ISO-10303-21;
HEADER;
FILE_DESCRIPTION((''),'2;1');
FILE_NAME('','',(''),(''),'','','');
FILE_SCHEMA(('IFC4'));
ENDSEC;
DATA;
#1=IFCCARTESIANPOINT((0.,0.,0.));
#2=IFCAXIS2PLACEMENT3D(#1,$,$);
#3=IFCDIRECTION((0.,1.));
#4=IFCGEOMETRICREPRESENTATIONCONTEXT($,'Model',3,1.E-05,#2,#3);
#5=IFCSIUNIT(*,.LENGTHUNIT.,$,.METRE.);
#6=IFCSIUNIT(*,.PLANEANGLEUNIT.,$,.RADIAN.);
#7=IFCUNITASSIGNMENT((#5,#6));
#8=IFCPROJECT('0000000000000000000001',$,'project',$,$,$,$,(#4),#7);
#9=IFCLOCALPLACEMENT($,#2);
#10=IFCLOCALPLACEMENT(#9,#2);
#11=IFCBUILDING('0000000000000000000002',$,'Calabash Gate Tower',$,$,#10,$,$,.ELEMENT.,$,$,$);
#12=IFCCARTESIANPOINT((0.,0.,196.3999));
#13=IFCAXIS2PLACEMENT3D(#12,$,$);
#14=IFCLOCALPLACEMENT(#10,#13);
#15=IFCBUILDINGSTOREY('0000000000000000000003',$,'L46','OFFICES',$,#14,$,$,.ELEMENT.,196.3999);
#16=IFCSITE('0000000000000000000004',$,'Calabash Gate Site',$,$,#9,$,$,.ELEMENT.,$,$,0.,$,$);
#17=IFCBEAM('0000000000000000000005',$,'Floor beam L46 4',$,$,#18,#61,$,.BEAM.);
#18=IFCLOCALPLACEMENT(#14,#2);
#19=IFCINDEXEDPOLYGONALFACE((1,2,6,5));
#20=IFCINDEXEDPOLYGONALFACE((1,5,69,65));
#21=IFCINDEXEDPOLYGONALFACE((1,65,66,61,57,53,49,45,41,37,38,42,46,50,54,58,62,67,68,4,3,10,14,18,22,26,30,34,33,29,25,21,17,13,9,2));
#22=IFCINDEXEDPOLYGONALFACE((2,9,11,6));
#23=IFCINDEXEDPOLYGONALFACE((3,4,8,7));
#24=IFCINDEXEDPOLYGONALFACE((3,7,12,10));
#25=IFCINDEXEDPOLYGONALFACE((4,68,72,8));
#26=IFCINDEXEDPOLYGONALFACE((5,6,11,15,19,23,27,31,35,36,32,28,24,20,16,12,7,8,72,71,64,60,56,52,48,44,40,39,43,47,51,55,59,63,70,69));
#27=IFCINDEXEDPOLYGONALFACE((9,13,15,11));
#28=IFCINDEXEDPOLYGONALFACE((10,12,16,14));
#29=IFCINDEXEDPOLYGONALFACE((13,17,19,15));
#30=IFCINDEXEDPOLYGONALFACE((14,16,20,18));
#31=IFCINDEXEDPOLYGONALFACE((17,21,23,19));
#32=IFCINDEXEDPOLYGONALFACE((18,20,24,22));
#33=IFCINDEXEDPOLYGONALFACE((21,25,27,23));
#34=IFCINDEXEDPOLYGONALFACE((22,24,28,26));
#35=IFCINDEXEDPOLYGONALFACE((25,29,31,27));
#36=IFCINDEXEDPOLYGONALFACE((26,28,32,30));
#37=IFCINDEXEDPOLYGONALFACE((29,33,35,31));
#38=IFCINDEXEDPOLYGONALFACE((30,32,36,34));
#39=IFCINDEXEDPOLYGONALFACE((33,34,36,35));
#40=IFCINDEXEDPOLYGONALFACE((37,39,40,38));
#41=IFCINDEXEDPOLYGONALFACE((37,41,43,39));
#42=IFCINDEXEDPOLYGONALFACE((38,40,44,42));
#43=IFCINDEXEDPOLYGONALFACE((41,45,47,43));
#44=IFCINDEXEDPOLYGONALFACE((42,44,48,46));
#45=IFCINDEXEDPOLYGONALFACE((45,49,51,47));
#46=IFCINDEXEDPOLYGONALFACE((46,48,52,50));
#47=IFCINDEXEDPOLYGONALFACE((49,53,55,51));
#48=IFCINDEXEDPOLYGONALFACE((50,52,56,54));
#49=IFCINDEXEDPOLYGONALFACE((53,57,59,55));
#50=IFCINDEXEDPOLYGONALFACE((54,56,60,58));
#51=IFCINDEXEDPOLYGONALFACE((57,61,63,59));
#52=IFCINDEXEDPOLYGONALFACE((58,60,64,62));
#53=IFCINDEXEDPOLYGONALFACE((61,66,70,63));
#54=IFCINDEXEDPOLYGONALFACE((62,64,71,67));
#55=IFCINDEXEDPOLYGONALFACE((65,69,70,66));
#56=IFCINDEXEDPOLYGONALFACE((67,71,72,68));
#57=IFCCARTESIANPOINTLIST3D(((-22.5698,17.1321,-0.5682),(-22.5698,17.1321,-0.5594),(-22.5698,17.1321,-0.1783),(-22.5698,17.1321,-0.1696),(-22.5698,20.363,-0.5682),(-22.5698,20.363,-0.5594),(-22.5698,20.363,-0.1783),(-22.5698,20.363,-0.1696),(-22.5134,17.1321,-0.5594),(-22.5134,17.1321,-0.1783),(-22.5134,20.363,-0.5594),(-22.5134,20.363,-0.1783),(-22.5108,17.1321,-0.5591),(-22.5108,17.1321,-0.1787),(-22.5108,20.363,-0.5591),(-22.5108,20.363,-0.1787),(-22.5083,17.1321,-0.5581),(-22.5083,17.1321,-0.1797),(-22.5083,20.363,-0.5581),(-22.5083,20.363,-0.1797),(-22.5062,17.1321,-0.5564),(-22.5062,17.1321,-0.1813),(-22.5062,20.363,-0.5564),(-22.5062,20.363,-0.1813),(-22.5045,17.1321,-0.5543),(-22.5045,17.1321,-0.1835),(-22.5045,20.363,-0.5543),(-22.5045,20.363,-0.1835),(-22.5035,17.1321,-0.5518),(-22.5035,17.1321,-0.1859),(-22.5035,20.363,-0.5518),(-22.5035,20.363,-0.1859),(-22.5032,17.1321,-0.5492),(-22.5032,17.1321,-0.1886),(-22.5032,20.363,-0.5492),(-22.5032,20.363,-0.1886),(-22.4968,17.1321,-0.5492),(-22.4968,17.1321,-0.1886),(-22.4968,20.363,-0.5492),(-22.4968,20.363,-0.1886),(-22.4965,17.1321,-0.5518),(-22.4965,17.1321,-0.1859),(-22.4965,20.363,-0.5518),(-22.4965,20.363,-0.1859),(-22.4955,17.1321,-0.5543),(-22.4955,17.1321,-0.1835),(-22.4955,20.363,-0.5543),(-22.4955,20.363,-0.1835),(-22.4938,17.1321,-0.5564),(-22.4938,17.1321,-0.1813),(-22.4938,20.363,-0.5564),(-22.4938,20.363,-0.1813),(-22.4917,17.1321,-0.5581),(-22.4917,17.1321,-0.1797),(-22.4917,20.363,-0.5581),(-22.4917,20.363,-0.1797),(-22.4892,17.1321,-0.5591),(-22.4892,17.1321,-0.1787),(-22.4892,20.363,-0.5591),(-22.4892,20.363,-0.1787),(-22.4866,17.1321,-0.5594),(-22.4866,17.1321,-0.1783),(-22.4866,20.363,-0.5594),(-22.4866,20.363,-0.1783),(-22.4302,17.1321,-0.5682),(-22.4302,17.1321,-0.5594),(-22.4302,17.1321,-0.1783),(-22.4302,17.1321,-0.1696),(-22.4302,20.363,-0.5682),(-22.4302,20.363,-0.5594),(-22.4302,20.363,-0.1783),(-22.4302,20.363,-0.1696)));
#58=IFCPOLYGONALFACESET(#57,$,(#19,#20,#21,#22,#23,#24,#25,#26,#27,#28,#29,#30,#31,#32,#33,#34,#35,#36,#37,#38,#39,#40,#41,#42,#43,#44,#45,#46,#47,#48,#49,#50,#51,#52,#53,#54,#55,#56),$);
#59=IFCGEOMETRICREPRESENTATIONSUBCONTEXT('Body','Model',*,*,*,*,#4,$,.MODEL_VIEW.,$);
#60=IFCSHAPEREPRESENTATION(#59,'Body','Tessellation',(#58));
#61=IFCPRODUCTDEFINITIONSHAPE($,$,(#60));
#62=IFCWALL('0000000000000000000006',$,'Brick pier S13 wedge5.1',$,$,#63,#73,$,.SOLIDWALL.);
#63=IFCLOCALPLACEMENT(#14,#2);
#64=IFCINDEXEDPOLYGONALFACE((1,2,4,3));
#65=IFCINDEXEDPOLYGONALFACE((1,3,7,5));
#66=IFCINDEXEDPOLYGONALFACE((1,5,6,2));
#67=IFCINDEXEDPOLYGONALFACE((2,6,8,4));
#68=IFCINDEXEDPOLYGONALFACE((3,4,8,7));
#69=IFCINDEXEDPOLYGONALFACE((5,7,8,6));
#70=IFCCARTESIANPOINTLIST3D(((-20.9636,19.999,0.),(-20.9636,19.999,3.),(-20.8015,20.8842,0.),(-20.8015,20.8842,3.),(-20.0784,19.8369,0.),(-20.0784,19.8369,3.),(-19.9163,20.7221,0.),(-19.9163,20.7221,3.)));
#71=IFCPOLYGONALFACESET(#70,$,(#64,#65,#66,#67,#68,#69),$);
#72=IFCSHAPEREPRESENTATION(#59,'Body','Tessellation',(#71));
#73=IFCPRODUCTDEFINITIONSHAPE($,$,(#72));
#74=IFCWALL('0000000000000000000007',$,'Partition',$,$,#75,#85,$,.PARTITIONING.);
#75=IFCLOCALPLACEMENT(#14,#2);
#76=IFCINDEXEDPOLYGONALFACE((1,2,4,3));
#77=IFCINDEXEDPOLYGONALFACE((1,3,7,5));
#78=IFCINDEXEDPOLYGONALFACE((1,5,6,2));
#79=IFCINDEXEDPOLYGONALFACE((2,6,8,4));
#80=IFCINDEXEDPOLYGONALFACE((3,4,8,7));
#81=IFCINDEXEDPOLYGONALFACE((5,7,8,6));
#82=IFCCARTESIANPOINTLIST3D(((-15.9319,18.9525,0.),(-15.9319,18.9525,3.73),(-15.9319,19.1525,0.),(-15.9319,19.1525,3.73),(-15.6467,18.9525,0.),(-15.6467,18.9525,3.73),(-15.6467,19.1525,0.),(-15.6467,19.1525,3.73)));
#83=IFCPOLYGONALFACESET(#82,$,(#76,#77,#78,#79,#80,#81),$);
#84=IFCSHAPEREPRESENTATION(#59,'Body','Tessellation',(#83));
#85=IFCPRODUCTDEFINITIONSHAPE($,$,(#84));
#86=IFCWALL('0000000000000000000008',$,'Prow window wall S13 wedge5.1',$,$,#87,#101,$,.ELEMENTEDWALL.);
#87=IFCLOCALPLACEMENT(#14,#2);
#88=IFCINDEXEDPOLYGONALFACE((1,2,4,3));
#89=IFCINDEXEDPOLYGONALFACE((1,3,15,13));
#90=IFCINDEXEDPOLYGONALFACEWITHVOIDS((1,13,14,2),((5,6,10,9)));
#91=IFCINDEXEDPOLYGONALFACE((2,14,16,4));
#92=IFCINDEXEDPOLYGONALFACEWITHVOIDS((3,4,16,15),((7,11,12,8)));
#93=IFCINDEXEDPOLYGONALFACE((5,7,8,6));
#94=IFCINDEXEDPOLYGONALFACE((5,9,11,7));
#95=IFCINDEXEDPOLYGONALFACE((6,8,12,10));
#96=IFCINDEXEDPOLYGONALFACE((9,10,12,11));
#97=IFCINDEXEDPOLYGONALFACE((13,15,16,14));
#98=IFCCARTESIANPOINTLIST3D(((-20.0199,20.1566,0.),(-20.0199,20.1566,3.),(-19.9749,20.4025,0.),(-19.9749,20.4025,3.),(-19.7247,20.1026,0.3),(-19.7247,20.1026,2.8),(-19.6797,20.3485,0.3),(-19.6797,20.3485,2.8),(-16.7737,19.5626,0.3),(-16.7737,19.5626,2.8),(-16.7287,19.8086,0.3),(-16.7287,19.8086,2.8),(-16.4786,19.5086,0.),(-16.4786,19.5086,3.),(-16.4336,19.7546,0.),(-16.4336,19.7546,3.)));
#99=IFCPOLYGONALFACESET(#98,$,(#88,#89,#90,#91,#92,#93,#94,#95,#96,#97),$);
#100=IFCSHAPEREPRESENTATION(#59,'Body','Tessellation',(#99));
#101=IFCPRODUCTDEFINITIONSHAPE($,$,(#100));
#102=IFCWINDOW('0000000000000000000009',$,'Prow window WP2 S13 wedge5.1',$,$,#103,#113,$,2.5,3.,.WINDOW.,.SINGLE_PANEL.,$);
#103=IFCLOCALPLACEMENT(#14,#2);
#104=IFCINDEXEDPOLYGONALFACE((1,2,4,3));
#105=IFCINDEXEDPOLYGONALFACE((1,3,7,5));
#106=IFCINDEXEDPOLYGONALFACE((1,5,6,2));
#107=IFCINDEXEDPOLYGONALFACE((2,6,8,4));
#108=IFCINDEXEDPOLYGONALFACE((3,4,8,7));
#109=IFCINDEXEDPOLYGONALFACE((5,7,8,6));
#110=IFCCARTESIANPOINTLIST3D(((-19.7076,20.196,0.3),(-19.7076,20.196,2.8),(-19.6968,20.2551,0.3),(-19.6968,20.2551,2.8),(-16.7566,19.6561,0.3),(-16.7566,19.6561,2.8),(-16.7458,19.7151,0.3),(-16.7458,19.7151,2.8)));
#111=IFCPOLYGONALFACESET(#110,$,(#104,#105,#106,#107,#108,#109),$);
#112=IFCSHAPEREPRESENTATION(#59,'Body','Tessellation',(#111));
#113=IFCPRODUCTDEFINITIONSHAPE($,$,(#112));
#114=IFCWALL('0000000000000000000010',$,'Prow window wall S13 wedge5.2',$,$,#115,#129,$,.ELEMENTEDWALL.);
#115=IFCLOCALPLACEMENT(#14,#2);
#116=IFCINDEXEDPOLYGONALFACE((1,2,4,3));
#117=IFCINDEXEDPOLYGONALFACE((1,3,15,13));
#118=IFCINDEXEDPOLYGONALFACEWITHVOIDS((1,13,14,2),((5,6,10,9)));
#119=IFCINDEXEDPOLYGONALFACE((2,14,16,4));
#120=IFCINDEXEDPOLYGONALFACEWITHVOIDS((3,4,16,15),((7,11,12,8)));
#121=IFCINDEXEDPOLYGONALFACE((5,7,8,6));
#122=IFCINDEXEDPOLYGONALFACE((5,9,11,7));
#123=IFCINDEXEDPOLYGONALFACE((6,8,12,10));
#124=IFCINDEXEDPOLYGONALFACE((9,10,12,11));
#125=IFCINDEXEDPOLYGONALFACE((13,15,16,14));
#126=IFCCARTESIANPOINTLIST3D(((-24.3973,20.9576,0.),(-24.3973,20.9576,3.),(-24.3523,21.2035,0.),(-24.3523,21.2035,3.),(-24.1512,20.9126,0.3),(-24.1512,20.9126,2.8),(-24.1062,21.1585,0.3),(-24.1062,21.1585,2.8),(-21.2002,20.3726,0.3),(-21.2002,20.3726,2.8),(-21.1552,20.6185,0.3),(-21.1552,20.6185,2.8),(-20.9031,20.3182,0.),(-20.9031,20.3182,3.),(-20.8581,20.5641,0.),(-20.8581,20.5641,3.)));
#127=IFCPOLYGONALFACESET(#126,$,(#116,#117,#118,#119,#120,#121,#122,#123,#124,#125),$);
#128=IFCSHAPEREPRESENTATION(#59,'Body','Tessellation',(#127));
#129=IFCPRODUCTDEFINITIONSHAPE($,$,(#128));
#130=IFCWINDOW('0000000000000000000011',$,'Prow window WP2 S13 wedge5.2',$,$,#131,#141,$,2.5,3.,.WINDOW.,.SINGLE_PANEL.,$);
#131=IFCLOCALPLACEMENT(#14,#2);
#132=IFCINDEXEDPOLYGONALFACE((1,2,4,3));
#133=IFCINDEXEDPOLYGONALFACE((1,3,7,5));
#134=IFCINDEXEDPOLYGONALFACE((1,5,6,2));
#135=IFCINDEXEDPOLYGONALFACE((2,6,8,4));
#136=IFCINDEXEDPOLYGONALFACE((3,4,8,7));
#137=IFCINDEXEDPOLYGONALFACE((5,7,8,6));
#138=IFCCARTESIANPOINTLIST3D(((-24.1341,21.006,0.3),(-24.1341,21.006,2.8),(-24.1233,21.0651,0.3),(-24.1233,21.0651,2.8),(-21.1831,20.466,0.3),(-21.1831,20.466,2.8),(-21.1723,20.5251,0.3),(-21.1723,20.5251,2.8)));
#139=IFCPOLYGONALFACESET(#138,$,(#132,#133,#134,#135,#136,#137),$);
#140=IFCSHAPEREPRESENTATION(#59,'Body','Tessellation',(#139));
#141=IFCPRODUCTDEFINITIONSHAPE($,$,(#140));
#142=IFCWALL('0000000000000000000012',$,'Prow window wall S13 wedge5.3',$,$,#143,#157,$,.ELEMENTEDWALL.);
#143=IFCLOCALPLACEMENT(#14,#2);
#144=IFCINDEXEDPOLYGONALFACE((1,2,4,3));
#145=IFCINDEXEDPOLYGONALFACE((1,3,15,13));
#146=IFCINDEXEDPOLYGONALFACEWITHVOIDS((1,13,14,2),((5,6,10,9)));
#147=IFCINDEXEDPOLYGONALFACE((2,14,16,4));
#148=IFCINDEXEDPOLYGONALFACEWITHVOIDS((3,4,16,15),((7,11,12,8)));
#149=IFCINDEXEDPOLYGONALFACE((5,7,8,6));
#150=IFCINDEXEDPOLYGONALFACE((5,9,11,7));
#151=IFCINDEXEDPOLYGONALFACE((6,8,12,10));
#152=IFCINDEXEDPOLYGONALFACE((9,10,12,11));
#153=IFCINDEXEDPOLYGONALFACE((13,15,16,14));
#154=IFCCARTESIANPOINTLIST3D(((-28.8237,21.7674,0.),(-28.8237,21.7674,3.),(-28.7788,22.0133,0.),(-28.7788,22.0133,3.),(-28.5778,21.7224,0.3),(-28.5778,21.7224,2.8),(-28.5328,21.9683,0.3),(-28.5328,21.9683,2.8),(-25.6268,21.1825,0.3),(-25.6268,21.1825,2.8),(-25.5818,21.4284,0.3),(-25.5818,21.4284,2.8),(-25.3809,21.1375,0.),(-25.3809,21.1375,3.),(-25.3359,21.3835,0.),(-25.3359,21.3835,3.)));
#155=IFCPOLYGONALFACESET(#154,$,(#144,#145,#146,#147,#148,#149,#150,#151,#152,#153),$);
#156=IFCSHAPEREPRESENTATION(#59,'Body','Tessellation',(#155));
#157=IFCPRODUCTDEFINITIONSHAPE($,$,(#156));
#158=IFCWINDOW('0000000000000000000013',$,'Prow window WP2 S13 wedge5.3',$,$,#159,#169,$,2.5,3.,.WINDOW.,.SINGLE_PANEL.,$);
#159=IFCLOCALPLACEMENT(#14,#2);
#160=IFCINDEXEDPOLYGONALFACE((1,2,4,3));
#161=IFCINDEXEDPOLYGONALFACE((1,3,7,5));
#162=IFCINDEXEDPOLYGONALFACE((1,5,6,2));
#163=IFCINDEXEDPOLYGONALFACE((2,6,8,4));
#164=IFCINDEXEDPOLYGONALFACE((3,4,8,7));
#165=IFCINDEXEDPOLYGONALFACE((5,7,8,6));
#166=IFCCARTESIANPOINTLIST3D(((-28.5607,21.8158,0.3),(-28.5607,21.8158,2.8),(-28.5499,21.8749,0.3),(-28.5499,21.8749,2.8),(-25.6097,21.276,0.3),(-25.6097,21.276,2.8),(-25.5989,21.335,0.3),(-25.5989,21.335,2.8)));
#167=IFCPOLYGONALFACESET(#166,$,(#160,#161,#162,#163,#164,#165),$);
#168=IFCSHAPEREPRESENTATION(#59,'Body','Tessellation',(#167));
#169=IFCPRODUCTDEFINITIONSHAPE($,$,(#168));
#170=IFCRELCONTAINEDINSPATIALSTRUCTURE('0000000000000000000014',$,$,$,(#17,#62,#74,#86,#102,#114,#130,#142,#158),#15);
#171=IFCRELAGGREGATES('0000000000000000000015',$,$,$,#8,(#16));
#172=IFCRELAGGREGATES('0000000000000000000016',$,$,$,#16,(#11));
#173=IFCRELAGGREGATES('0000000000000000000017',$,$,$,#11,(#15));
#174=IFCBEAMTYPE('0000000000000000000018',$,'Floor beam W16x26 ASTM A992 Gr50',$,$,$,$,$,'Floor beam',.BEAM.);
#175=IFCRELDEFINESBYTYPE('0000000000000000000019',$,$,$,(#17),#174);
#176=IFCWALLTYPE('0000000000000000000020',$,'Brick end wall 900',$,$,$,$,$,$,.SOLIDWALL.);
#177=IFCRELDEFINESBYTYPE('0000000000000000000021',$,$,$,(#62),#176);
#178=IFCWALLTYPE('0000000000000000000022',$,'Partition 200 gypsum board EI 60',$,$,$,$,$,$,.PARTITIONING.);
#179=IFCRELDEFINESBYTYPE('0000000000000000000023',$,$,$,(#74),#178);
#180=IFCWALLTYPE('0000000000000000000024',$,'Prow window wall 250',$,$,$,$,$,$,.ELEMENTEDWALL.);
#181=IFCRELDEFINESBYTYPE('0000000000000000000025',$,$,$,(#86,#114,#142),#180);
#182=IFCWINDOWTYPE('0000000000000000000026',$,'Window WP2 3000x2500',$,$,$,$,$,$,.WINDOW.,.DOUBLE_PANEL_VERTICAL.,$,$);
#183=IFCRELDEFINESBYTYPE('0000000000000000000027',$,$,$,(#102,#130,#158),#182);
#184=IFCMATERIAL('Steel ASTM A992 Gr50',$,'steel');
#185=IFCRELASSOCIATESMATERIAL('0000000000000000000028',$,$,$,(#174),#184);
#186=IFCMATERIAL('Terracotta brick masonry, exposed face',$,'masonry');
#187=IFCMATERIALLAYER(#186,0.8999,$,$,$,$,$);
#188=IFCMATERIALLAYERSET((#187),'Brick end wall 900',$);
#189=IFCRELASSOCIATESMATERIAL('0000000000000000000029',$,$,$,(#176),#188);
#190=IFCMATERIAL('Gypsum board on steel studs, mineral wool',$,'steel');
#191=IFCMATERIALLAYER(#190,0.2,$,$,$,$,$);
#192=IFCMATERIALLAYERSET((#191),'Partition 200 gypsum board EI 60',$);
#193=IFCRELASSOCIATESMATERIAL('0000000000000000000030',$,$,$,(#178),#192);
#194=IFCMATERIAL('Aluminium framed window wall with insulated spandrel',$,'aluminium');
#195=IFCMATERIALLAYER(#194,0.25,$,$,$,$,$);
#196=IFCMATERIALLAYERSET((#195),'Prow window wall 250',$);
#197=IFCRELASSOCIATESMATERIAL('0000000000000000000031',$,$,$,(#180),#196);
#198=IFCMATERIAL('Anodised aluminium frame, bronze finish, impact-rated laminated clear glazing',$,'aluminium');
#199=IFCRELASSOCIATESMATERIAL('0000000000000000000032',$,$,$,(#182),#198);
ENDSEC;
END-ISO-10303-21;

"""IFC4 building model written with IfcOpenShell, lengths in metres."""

from ifc_helpers import new_model, si_unit, direction, frame, frame_2d, origin, origin_2d, place, context, subcontext, project, spatial, rectangle, i_section, extrude, material, layer, layer_set, material_profile, profile_set, type_object, element, fill, save


model = new_model("IFC4")

# Units and contexts
model_context = context("Model", 3, precision=1e-05, world=origin(), true_north=direction((0.0, 1.0)))
body_context = subcontext(model_context, "Body", "Model", "MODEL_VIEW")
ifc_project = project(units=[si_unit("LENGTHUNIT", "METRE"), si_unit("PLANEANGLEUNIT", "RADIAN")], contexts=[model_context])

# Site, building, storey
site_placement = place(None, origin())
site = spatial("IfcSite", under=ifc_project, at=site_placement, Name="Calabash Gate Site", CompositionType="ELEMENT", RefElevation=0.0)
building_placement = place(site_placement, origin())
building = spatial("IfcBuilding", under=site, at=building_placement, Name="Calabash Gate Tower", CompositionType="ELEMENT")
storey_placement = place(building_placement, frame((0.0, 0.0, 196.3999)))
storey = spatial("IfcBuildingStorey", under=building, at=storey_placement, Name="L46", Description="OFFICES", CompositionType="ELEMENT", Elevation=196.3999)

# Beam
ifc_material_1 = material(Name="Steel ASTM A992 Gr50", Category="steel")
ifc_material_profile_1 = material_profile(ifc_material_1, i_section(OverallWidth=0.1396, OverallDepth=0.3987, WebThickness=0.0063, FlangeThickness=0.0088, FilletRadius=0.0103, at=origin_2d()))
ifc_profile_set_1 = profile_set([ifc_material_profile_1], Name="Steel ASTM A992 Gr50")
beam_type_1 = type_object("IfcBeamType", Name="Floor beam W16x26 ASTM A992 Gr50", ElementType="Floor beam", PredefinedType="BEAM", material=ifc_profile_set_1)
beam_1_placement = place(storey_placement, frame((-22.5, 17.1321, -0.3689), z_axis=(0.0, 1.0, 0.0), x_axis=(-1.0, 0.0, 0.0)))
element("IfcBeam", 1, at=beam_1_placement, inside=storey, type_object=beam_type_1, Name="Floor beam L46 4", PredefinedType="BEAM", context=body_context, shape_type="SweptSolid", body=[
    extrude(i_section(OverallWidth=0.1396, OverallDepth=0.3987, WebThickness=0.0063, FlangeThickness=0.0088, FilletRadius=0.0103, at=origin_2d()), origin(), (0.0, 0.0, 1.0), 3.231),
])

# Walls
ifc_material_2 = material(Name="Terracotta brick masonry, exposed face", Category="masonry")
ifc_layer_1 = layer(ifc_material_2, 0.8999)
ifc_layer_set_1 = layer_set([ifc_layer_1], Name="Brick end wall 900")
wall_type_1 = type_object("IfcWallType", Name="Brick end wall 900", PredefinedType="SOLIDWALL", material=ifc_layer_set_1)
wall_1_placement = place(storey_placement, frame((-20.521, 19.918, 0.0), z_axis=(0.0, 0.0, 1.0), x_axis=(0.180127, 0.983643, 0.0)))
element("IfcWall", 2, at=wall_1_placement, inside=storey, type_object=wall_type_1, Name="Brick pier S13 wedge5.1", PredefinedType="SOLIDWALL", context=body_context, shape_type="SweptSolid", body=[
    extrude(rectangle(XDim=0.8999, YDim=0.8999, at=frame_2d((0.45, 0.0))), origin(), (0.0, 0.0, 1.0), 3.0),
])
ifc_material_3 = material(Name="Gypsum board on steel studs, mineral wool", Category="steel")
ifc_layer_2 = layer(ifc_material_3, 0.2)
ifc_layer_set_2 = layer_set([ifc_layer_2], Name="Partition 200 gypsum board EI 60")
wall_type_2 = type_object("IfcWallType", Name="Partition 200 gypsum board EI 60", PredefinedType="PARTITIONING", material=ifc_layer_set_2)
wall_2_placement = place(storey_placement, frame((-15.9319, 19.0525, 0.0), z_axis=(0.0, 0.0, 1.0), x_axis=(1.0, 0.0, 0.0)))
element("IfcWall", 3, at=wall_2_placement, inside=storey, type_object=wall_type_2, Name="Partition", PredefinedType="PARTITIONING", context=body_context, shape_type="SweptSolid", body=[
    extrude(rectangle(XDim=0.2852, YDim=0.2, at=frame_2d((0.1426, 0.0))), origin(), (0.0, 0.0, 1.0), 3.73),
])

# Walls, openings, windows
ifc_material_4 = material(Name="Aluminium framed window wall with insulated spandrel", Category="aluminium")
ifc_layer_3 = layer(ifc_material_4, 0.25)
ifc_layer_set_3 = layer_set([ifc_layer_3], Name="Prow window wall 250")
wall_type_3 = type_object("IfcWallType", Name="Prow window wall 250", PredefinedType="ELEMENTEDWALL", material=ifc_layer_set_3)
wall_3_placement = place(storey_placement, frame((-16.4561, 19.6316, 0.0), z_axis=(0.0, 0.0, 1.0), x_axis=(-0.98367, 0.179983, 0.0)))
wall_3 = element("IfcWall", 4, at=wall_3_placement, inside=storey, type_object=wall_type_3, Name="Prow window wall S13 wedge5.1", PredefinedType="ELEMENTEDWALL", context=body_context, shape_type="SweptSolid", body=[
    extrude(rectangle(XDim=3.6001, YDim=0.25, at=frame_2d((1.8, 0.0))), origin(), (0.0, 0.0, 1.0), 3.0),
])
opening_1_placement = place(wall_3_placement, frame((0.3, 0.0, 0.3)))
opening_1 = element("IfcOpeningElement", 5, at=opening_1_placement, cuts=wall_3, PredefinedType="OPENING", context=body_context, shape_type="SweptSolid", body=[
    extrude(rectangle(XDim=3.0, YDim=2.5, at=frame_2d((1.5, 1.25))), frame((0.0, 0.135, 0.0), z_axis=(0.0, -1.0, 0.0), x_axis=(1.0, 0.0, 0.0)), (0.0, 0.0, 1.0), 0.27),
])
ifc_material_5 = material(Name="Anodised aluminium frame, bronze finish, impact-rated laminated clear glazing", Category="aluminium")
window_type = type_object("IfcWindowType", Name="Window WP2 3000x2500", PartitioningType="DOUBLE_PANEL_VERTICAL", PredefinedType="WINDOW", material=ifc_material_5)
window_1_placement = place(opening_1_placement, origin())
window_1 = element("IfcWindow", 6, at=window_1_placement, inside=storey, type_object=window_type, Name="Prow window WP2 S13 wedge5.1", OverallHeight=2.5, OverallWidth=3.0, PartitioningType="SINGLE_PANEL", PredefinedType="WINDOW", context=body_context, shape_type="SweptSolid", body=[
    extrude(rectangle(XDim=3.0, YDim=2.5, at=frame_2d((1.5, 1.25))), frame((0.0, 0.03, 0.0), z_axis=(0.0, -1.0, 0.0), x_axis=(1.0, 0.0, 0.0)), (0.0, 0.0, 1.0), 0.0601),
])
fill(opening_1, window_1)
wall_4_placement = place(storey_placement, frame((-20.8806, 20.4412, 0.0), z_axis=(0.0, 0.0, 1.0), x_axis=(-0.983666, 0.180004, 0.0)))
wall_4 = element("IfcWall", 7, at=wall_4_placement, inside=storey, type_object=wall_type_3, Name="Prow window wall S13 wedge5.2", PredefinedType="ELEMENTEDWALL", context=body_context, shape_type="SweptSolid", body=[
    extrude(rectangle(XDim=3.5522, YDim=0.25, at=frame_2d((1.7761, 0.0))), origin(), (0.0, 0.0, 1.0), 3.0),
])
opening_2_placement = place(wall_4_placement, frame((0.302, 0.0, 0.3)))
opening_2 = element("IfcOpeningElement", 8, at=opening_2_placement, cuts=wall_4, PredefinedType="OPENING", context=body_context, shape_type="SweptSolid", body=[
    extrude(rectangle(XDim=3.0, YDim=2.5, at=frame_2d((1.5, 1.25))), frame((0.0, 0.135, 0.0), z_axis=(0.0, -1.0, 0.0), x_axis=(1.0, 0.0, 0.0)), (0.0, 0.0, 1.0), 0.27),
])
window_2_placement = place(opening_2_placement, origin())
window_2 = element("IfcWindow", 9, at=window_2_placement, inside=storey, type_object=window_type, Name="Prow window WP2 S13 wedge5.2", OverallHeight=2.5, OverallWidth=3.0, PartitioningType="SINGLE_PANEL", PredefinedType="WINDOW", context=body_context, shape_type="SweptSolid", body=[
    extrude(rectangle(XDim=3.0, YDim=2.5, at=frame_2d((1.5, 1.25))), frame((0.0, 0.03, 0.0), z_axis=(0.0, -1.0, 0.0), x_axis=(1.0, 0.0, 0.0)), (0.0, 0.0, 1.0), 0.0601),
])
fill(opening_2, window_2)
wall_5_placement = place(storey_placement, frame((-25.3584, 21.2605, 0.0), z_axis=(0.0, 0.0, 1.0), x_axis=(-0.983673, 0.179966, 0.0)))
wall_5 = element("IfcWall", 10, at=wall_5_placement, inside=storey, type_object=wall_type_3, Name="Prow window wall S13 wedge5.3", PredefinedType="ELEMENTEDWALL", context=body_context, shape_type="SweptSolid", body=[
    extrude(rectangle(XDim=3.5, YDim=0.25, at=frame_2d((1.75, 0.0))), origin(), (0.0, 0.0, 1.0), 3.0),
])
opening_3_placement = place(wall_5_placement, frame((0.25, 0.0, 0.3)))
opening_3 = element("IfcOpeningElement", 11, at=opening_3_placement, cuts=wall_5, PredefinedType="OPENING", context=body_context, shape_type="SweptSolid", body=[
    extrude(rectangle(XDim=3.0, YDim=2.5, at=frame_2d((1.5, 1.25))), frame((0.0, 0.135, 0.0), z_axis=(0.0, -1.0, 0.0), x_axis=(1.0, 0.0, 0.0)), (0.0, 0.0, 1.0), 0.27),
])
window_3_placement = place(opening_3_placement, origin())
window_3 = element("IfcWindow", 12, at=window_3_placement, inside=storey, type_object=window_type, Name="Prow window WP2 S13 wedge5.3", OverallHeight=2.5, OverallWidth=3.0, PartitioningType="SINGLE_PANEL", PredefinedType="WINDOW", context=body_context, shape_type="SweptSolid", body=[
    extrude(rectangle(XDim=3.0, YDim=2.5, at=frame_2d((1.5, 1.25))), frame((0.0, 0.03, 0.0), z_axis=(0.0, -1.0, 0.0), x_axis=(1.0, 0.0, 0.0)), (0.0, 0.0, 1.0), 0.0601),
])
fill(opening_3, window_3)

save(model, "model.ifc")
